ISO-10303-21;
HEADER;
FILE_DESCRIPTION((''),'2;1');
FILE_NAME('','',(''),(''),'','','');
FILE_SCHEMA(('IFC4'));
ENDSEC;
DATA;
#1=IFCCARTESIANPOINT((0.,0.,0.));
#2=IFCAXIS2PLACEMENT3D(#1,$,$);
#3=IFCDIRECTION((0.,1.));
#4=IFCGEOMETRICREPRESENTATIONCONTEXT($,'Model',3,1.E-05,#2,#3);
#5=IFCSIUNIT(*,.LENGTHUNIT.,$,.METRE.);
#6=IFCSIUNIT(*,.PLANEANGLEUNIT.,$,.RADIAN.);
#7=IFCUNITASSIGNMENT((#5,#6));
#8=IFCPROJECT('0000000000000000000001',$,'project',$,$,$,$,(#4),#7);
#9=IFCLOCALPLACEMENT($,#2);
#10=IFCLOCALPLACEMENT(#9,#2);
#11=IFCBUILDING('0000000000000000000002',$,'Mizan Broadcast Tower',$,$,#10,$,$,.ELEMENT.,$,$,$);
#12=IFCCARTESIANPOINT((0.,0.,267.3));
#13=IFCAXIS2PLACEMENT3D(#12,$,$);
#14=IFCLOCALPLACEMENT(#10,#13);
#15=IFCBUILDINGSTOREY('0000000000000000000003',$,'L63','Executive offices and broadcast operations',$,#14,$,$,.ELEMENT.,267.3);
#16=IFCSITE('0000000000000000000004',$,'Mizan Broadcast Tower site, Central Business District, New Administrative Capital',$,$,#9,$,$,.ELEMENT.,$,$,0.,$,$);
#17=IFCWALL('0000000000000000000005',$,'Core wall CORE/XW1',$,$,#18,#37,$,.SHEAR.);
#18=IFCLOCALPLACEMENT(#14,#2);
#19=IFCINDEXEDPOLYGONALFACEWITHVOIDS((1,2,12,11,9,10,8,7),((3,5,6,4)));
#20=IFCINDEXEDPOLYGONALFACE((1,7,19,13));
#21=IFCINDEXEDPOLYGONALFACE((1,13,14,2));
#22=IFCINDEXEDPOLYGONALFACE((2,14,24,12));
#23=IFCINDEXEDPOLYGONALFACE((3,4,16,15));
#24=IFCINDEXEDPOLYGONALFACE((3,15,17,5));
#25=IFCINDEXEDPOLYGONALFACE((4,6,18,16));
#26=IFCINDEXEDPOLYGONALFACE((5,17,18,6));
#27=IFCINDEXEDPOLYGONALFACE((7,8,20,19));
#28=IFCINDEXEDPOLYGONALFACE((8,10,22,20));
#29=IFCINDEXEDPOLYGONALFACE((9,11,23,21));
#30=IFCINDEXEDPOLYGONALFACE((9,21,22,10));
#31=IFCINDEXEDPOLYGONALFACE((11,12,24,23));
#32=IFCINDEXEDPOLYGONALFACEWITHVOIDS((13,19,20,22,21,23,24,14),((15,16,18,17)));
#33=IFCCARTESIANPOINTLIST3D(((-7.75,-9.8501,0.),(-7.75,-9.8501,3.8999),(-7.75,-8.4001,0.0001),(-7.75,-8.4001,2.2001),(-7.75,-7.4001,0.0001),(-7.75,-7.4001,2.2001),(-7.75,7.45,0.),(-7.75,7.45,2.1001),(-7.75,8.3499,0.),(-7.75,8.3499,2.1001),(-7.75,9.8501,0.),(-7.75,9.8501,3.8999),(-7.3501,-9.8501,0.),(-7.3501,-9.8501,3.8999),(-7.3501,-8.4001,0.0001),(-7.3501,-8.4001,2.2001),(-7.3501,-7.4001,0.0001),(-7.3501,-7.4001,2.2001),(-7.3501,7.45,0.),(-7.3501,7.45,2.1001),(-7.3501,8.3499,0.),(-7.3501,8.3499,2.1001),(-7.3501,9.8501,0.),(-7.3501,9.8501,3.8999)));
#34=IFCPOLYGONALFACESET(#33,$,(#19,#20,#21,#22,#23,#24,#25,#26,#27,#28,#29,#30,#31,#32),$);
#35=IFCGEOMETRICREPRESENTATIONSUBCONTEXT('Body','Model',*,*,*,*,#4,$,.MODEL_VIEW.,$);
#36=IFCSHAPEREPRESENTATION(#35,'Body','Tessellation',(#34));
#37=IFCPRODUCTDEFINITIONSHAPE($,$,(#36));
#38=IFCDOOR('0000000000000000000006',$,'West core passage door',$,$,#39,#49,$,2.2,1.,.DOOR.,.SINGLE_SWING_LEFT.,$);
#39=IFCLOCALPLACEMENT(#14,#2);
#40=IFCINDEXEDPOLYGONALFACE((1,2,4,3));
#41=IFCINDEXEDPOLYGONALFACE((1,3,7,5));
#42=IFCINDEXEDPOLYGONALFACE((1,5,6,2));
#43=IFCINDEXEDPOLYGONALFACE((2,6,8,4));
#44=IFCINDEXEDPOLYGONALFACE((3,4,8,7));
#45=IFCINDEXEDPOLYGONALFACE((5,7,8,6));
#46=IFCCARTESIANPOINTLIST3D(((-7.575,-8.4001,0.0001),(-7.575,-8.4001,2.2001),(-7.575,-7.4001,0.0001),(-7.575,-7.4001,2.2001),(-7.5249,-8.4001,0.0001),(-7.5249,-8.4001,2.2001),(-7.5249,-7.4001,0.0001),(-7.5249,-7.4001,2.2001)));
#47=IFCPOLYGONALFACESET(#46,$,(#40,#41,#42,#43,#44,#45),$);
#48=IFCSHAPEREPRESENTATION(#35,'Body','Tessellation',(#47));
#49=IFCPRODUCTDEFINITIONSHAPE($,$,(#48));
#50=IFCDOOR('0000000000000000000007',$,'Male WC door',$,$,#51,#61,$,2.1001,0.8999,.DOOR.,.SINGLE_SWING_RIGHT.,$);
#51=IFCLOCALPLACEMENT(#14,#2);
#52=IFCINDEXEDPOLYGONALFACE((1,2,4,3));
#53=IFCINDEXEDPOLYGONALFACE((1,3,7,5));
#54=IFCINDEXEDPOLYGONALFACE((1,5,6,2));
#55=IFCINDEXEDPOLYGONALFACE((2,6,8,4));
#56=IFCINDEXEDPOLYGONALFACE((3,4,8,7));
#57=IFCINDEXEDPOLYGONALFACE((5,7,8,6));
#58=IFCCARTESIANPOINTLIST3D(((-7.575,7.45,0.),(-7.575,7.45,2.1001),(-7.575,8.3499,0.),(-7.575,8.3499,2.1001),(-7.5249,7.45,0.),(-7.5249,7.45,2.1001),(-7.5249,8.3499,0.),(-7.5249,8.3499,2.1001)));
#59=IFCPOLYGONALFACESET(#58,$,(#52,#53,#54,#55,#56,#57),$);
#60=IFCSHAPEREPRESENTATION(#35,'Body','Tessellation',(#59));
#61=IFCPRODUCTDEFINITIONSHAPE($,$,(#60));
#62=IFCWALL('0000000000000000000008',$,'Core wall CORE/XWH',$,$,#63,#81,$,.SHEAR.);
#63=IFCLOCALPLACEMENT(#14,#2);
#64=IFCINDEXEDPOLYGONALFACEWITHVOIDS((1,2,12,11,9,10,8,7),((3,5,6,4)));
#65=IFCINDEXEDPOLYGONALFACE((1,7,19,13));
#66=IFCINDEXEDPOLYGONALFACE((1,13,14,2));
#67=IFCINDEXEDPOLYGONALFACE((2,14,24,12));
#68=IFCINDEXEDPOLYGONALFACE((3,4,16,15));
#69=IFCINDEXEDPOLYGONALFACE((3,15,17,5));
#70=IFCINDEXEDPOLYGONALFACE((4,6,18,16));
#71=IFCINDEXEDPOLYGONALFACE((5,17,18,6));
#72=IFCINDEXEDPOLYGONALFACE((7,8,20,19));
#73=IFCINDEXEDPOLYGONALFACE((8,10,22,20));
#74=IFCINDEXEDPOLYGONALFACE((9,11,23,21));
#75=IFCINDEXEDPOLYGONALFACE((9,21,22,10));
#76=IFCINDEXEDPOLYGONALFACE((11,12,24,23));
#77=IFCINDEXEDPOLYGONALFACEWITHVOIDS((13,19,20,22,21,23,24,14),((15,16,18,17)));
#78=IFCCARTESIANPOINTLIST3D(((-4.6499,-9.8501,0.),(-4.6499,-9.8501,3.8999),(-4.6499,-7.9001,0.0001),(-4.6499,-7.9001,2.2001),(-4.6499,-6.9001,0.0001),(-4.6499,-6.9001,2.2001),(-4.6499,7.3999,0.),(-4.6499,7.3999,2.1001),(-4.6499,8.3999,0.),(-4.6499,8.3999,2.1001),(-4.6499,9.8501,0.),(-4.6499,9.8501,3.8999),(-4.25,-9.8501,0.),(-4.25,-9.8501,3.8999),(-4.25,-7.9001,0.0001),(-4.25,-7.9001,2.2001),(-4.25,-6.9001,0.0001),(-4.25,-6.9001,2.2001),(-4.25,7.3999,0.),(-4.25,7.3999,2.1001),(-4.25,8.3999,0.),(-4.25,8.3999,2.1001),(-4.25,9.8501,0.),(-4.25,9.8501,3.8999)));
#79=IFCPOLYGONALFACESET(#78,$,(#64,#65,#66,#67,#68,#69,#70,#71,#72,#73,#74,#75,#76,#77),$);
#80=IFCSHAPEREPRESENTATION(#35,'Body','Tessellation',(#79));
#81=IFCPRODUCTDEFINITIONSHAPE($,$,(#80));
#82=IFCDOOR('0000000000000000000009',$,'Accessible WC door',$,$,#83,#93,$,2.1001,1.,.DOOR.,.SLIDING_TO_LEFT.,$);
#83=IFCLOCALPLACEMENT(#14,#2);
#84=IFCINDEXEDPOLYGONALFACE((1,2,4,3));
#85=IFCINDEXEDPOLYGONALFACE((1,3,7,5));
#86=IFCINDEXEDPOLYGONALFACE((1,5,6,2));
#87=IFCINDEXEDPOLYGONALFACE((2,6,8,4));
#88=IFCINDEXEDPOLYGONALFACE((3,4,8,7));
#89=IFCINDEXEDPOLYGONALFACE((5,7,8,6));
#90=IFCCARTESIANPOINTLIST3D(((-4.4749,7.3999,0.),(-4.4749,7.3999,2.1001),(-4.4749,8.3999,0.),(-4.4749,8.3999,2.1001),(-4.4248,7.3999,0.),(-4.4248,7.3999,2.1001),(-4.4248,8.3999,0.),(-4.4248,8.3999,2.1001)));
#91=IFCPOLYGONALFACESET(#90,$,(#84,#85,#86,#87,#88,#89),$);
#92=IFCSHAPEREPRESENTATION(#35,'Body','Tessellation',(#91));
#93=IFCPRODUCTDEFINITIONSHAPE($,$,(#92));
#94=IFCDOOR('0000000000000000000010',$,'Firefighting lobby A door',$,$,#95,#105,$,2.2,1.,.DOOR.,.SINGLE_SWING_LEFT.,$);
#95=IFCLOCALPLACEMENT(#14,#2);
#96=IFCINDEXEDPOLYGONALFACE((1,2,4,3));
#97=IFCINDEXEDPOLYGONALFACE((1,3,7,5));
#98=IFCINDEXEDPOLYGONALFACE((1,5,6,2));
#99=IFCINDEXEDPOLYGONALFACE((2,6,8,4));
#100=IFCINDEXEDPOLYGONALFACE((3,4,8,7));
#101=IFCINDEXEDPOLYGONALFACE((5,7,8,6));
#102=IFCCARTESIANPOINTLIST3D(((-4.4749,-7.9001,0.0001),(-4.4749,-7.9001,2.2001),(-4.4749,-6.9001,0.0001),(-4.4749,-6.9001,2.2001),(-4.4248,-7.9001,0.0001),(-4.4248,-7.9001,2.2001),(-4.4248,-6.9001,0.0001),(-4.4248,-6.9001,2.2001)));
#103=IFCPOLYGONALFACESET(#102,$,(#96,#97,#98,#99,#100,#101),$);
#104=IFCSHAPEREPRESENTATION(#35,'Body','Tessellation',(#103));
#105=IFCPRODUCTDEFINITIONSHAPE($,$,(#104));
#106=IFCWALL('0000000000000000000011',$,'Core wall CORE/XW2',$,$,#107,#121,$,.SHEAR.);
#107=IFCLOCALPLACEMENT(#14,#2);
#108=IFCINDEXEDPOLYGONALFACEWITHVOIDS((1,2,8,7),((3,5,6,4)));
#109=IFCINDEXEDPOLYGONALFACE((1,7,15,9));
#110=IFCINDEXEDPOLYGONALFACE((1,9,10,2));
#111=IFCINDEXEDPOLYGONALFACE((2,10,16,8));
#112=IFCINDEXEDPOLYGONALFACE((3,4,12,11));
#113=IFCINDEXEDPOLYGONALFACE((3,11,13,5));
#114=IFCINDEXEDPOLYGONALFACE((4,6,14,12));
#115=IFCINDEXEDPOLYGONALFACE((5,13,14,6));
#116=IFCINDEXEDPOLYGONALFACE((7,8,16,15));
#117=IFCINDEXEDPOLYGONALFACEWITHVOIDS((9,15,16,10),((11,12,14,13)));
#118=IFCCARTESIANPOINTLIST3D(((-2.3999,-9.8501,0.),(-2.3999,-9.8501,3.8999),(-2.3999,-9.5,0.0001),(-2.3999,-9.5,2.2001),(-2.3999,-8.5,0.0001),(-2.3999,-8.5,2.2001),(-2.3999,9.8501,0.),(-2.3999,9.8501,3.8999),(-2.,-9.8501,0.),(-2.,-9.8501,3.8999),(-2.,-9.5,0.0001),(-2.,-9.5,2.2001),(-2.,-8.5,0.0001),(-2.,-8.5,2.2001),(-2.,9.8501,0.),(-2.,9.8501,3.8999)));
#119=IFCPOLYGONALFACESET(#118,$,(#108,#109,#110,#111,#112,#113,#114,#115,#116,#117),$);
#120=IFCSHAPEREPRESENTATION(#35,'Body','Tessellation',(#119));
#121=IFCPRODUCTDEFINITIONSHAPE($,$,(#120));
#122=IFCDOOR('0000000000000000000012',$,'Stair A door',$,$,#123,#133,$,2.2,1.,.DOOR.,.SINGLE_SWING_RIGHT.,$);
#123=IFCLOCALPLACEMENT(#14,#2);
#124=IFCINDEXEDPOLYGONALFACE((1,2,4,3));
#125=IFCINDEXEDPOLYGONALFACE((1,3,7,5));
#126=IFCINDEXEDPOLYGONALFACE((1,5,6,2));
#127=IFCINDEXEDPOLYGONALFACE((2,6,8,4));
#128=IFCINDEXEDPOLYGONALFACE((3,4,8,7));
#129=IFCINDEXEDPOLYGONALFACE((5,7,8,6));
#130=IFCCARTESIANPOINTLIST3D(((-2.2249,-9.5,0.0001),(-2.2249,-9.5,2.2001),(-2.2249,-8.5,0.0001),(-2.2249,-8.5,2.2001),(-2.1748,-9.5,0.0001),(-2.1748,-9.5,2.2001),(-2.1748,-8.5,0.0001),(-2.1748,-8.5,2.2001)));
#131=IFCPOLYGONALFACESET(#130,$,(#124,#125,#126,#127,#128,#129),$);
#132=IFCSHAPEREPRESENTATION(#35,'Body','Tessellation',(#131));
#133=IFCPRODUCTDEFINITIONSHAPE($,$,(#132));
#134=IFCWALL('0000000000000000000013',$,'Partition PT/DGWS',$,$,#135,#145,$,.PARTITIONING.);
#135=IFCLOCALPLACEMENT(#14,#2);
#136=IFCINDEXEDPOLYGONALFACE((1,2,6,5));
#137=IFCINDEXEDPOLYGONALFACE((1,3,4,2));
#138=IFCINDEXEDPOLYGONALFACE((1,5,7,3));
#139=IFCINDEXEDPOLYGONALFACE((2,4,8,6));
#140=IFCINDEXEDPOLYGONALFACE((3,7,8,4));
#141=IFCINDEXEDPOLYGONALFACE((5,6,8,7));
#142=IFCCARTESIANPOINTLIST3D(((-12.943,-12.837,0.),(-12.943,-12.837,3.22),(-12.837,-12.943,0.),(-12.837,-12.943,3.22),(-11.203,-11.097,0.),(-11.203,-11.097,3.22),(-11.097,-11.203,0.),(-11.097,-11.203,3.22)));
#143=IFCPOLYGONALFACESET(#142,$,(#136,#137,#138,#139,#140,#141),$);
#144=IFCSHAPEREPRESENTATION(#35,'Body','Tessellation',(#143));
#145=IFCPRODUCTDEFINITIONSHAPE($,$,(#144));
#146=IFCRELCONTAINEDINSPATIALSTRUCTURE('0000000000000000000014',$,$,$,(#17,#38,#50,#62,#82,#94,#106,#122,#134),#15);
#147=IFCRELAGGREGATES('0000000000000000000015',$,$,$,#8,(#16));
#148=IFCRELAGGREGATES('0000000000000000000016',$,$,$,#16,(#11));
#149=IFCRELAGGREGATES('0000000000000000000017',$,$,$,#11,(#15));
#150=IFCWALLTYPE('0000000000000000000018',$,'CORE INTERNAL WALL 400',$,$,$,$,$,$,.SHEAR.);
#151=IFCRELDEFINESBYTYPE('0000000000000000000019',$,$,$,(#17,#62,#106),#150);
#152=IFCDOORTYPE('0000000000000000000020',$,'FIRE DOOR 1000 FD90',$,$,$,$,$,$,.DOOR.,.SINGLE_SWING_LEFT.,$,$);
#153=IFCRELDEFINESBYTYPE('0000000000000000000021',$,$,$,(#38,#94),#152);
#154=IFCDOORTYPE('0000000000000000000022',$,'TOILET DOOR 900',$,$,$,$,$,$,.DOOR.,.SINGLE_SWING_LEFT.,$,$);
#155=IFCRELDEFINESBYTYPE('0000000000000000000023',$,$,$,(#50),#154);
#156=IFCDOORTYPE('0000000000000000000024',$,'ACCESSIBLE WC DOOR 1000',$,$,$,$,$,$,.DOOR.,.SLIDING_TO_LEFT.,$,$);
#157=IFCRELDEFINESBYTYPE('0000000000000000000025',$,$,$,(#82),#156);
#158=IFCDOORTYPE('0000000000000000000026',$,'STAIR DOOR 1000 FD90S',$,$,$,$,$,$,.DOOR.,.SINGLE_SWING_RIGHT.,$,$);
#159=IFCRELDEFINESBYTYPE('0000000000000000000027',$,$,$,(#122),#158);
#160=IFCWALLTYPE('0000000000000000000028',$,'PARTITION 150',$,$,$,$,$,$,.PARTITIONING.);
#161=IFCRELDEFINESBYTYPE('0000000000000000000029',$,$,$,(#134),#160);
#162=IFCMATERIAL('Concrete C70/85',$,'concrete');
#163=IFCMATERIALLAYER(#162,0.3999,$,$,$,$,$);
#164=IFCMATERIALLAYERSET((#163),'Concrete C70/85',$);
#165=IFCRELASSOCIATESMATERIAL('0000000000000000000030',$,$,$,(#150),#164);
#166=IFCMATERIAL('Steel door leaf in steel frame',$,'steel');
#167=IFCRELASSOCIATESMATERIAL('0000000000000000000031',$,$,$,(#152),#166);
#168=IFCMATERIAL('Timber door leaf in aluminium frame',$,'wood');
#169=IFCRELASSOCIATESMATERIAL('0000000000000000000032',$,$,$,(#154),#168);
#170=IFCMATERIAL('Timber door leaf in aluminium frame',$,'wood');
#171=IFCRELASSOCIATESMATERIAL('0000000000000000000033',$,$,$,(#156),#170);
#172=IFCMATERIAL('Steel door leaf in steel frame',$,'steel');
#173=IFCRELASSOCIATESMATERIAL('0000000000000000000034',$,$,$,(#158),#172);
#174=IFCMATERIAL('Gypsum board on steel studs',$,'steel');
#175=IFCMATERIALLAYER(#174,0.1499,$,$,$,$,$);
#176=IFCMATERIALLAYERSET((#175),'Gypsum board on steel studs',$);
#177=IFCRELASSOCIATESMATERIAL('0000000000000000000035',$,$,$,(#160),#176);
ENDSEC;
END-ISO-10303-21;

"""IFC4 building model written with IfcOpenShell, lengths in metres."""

from ifc_helpers import new_model, si_unit, direction, frame, frame_2d, origin, place, context, subcontext, project, spatial, rectangle, extrude, material, layer, layer_set, type_object, element, fill, save


model = new_model("IFC4")

# Units and contexts
model_context = context("Model", 3, precision=1e-05, world=origin(), true_north=direction((0.0, 1.0)))
body_context = subcontext(model_context, "Body", "Model", "MODEL_VIEW")
ifc_project = project(units=[si_unit("LENGTHUNIT", "METRE"), si_unit("PLANEANGLEUNIT", "RADIAN")], contexts=[model_context])

# Site, building, storey
site_placement = place(None, origin())
site = spatial("IfcSite", under=ifc_project, at=site_placement, Name="Mizan Broadcast Tower site, Central Business District, New Administrative Capital", CompositionType="ELEMENT", RefElevation=0.0)
building_placement = place(site_placement, origin())
building = spatial("IfcBuilding", under=site, at=building_placement, Name="Mizan Broadcast Tower", CompositionType="ELEMENT")
storey_placement = place(building_placement, frame((0.0, 0.0, 267.3)))
storey = spatial("IfcBuildingStorey", under=building, at=storey_placement, Name="L63", Description="Executive offices and broadcast operations", CompositionType="ELEMENT", Elevation=267.3)

# Walls, openings, doors
ifc_material_1 = material(Name="Concrete C70/85", Category="concrete")
ifc_layer_1 = layer(ifc_material_1, 0.3999)
ifc_layer_set_1 = layer_set([ifc_layer_1], Name="Concrete C70/85")
wall_type_1 = type_object("IfcWallType", Name="CORE INTERNAL WALL 400", PredefinedType="SHEAR", material=ifc_layer_set_1)
wall_1_placement = place(storey_placement, frame((-7.55, -9.8501, 0.0), z_axis=(0.0, 0.0, 1.0), x_axis=(0.0, 1.0, 0.0)))
wall_1 = element("IfcWall", 1, at=wall_1_placement, inside=storey, type_object=wall_type_1, Name="Core wall CORE/XW1", PredefinedType="SHEAR", context=body_context, shape_type="SweptSolid", body=[
    extrude(rectangle(XDim=19.7002, YDim=0.3999, at=frame_2d((9.8501, 0.0))), origin(), (0.0, 0.0, 1.0), 3.8999),
])
opening_1_placement = place(wall_1_placement, frame((1.45, 0.0, 0.0)))
opening_1 = element("IfcOpeningElement", 2, at=opening_1_placement, cuts=wall_1, PredefinedType="OPENING", context=body_context, shape_type="SweptSolid", body=[
    extrude(rectangle(XDim=1.0, YDim=2.2, at=frame_2d((0.5, 1.1001))), frame((0.0, 0.21, 0.0), z_axis=(0.0, -1.0, 0.0), x_axis=(1.0, 0.0, 0.0)), (0.0, 0.0, 1.0), 0.4199),
])
opening_2_placement = place(wall_1_placement, frame((17.3, 0.0, 0.0)))
opening_2 = element("IfcOpeningElement", 3, at=opening_2_placement, cuts=wall_1, PredefinedType="OPENING", context=body_context, shape_type="SweptSolid", body=[
    extrude(rectangle(XDim=0.8999, YDim=2.1001, at=frame_2d((0.45, 1.05))), frame((0.0, 0.21, 0.0), z_axis=(0.0, -1.0, 0.0), x_axis=(1.0, 0.0, 0.0)), (0.0, 0.0, 1.0), 0.4199),
])
ifc_material_2 = material(Name="Steel door leaf in steel frame", Category="steel")
door_type_1 = type_object("IfcDoorType", Name="FIRE DOOR 1000 FD90", OperationType="SINGLE_SWING_LEFT", PredefinedType="DOOR", material=ifc_material_2)
door_1_placement = place(opening_1_placement, origin())
door_1 = element("IfcDoor", 4, at=door_1_placement, inside=storey, type_object=door_type_1, Name="West core passage door", OperationType="SINGLE_SWING_LEFT", OverallHeight=2.2, OverallWidth=1.0, PredefinedType="DOOR", context=body_context, shape_type="SweptSolid", body=[
    extrude(rectangle(XDim=1.0, YDim=2.2, at=frame_2d((0.5, 1.1001))), frame((0.0, 0.0249, 0.0), z_axis=(0.0, -1.0, 0.0), x_axis=(1.0, 0.0, 0.0)), (0.0, 0.0, 1.0), 0.05),
])
fill(opening_1, door_1)
ifc_material_3 = material(Name="Timber door leaf in aluminium frame", Category="wood")
door_type_2 = type_object("IfcDoorType", Name="TOILET DOOR 900", OperationType="SINGLE_SWING_LEFT", PredefinedType="DOOR", material=ifc_material_3)
door_2_placement = place(opening_2_placement, origin())
door_2 = element("IfcDoor", 5, at=door_2_placement, inside=storey, type_object=door_type_2, Name="Male WC door", OperationType="SINGLE_SWING_RIGHT", OverallHeight=2.1001, OverallWidth=0.8999, PredefinedType="DOOR", context=body_context, shape_type="SweptSolid", body=[
    extrude(rectangle(XDim=0.8999, YDim=2.1001, at=frame_2d((0.45, 1.05))), frame((0.0, 0.0249, 0.0), z_axis=(0.0, -1.0, 0.0), x_axis=(1.0, 0.0, 0.0)), (0.0, 0.0, 1.0), 0.05),
])
fill(opening_2, door_2)
wall_2_placement = place(storey_placement, frame((-4.45, -9.8501, 0.0), z_axis=(0.0, 0.0, 1.0), x_axis=(0.0, 1.0, 0.0)))
wall_2 = element("IfcWall", 6, at=wall_2_placement, inside=storey, type_object=wall_type_1, Name="Core wall CORE/XWH", PredefinedType="SHEAR", context=body_context, shape_type="SweptSolid", body=[
    extrude(rectangle(XDim=19.7002, YDim=0.3999, at=frame_2d((9.8501, 0.0))), origin(), (0.0, 0.0, 1.0), 3.8999),
])
opening_3_placement = place(wall_2_placement, frame((1.95, 0.0, 0.0)))
opening_3 = element("IfcOpeningElement", 7, at=opening_3_placement, cuts=wall_2, PredefinedType="OPENING", context=body_context, shape_type="SweptSolid", body=[
    extrude(rectangle(XDim=1.0, YDim=2.2, at=frame_2d((0.5, 1.1001))), frame((0.0, 0.21, 0.0), z_axis=(0.0, -1.0, 0.0), x_axis=(1.0, 0.0, 0.0)), (0.0, 0.0, 1.0), 0.4199),
])
opening_4_placement = place(wall_2_placement, frame((17.25, 0.0, 0.0)))
opening_4 = element("IfcOpeningElement", 8, at=opening_4_placement, cuts=wall_2, PredefinedType="OPENING", context=body_context, shape_type="SweptSolid", body=[
    extrude(rectangle(XDim=1.0, YDim=2.1001, at=frame_2d((0.5, 1.05))), frame((0.0, 0.21, 0.0), z_axis=(0.0, -1.0, 0.0), x_axis=(1.0, 0.0, 0.0)), (0.0, 0.0, 1.0), 0.4199),
])
ifc_material_4 = material(Name="Timber door leaf in aluminium frame", Category="wood")
door_type_3 = type_object("IfcDoorType", Name="ACCESSIBLE WC DOOR 1000", OperationType="SLIDING_TO_LEFT", PredefinedType="DOOR", material=ifc_material_4)
door_3_placement = place(opening_4_placement, origin())
door_3 = element("IfcDoor", 9, at=door_3_placement, inside=storey, type_object=door_type_3, Name="Accessible WC door", OperationType="SLIDING_TO_LEFT", OverallHeight=2.1001, OverallWidth=1.0, PredefinedType="DOOR", context=body_context, shape_type="SweptSolid", body=[
    extrude(rectangle(XDim=1.0, YDim=2.1001, at=frame_2d((0.5, 1.05))), frame((0.0, 0.0249, 0.0), z_axis=(0.0, -1.0, 0.0), x_axis=(1.0, 0.0, 0.0)), (0.0, 0.0, 1.0), 0.05),
])
fill(opening_4, door_3)
door_4_placement = place(opening_3_placement, origin())
door_4 = element("IfcDoor", 10, at=door_4_placement, inside=storey, type_object=door_type_1, Name="Firefighting lobby A door", OperationType="SINGLE_SWING_LEFT", OverallHeight=2.2, OverallWidth=1.0, PredefinedType="DOOR", context=body_context, shape_type="SweptSolid", body=[
    extrude(rectangle(XDim=1.0, YDim=2.2, at=frame_2d((0.5, 1.1001))), frame((0.0, 0.0249, 0.0), z_axis=(0.0, -1.0, 0.0), x_axis=(1.0, 0.0, 0.0)), (0.0, 0.0, 1.0), 0.05),
])
fill(opening_3, door_4)

# Wall, opening, door
wall_3_placement = place(storey_placement, frame((-2.2, -9.8501, 0.0), z_axis=(0.0, 0.0, 1.0), x_axis=(0.0, 1.0, 0.0)))
wall_3 = element("IfcWall", 11, at=wall_3_placement, inside=storey, type_object=wall_type_1, Name="Core wall CORE/XW2", PredefinedType="SHEAR", context=body_context, shape_type="SweptSolid", body=[
    extrude(rectangle(XDim=19.7002, YDim=0.3999, at=frame_2d((9.8501, 0.0))), origin(), (0.0, 0.0, 1.0), 3.8999),
])
opening_5_placement = place(wall_3_placement, frame((0.3501, 0.0, 0.0)))
opening_5 = element("IfcOpeningElement", 12, at=opening_5_placement, cuts=wall_3, PredefinedType="OPENING", context=body_context, shape_type="SweptSolid", body=[
    extrude(rectangle(XDim=1.0, YDim=2.2, at=frame_2d((0.5, 1.1001))), frame((0.0, 0.21, 0.0), z_axis=(0.0, -1.0, 0.0), x_axis=(1.0, 0.0, 0.0)), (0.0, 0.0, 1.0), 0.4199),
])
ifc_material_5 = material(Name="Steel door leaf in steel frame", Category="steel")
door_type_4 = type_object("IfcDoorType", Name="STAIR DOOR 1000 FD90S", OperationType="SINGLE_SWING_RIGHT", PredefinedType="DOOR", material=ifc_material_5)
door_5_placement = place(opening_5_placement, origin())
door_5 = element("IfcDoor", 13, at=door_5_placement, inside=storey, type_object=door_type_4, Name="Stair A door", OperationType="SINGLE_SWING_RIGHT", OverallHeight=2.2, OverallWidth=1.0, PredefinedType="DOOR", context=body_context, shape_type="SweptSolid", body=[
    extrude(rectangle(XDim=1.0, YDim=2.2, at=frame_2d((0.5, 1.1001))), frame((0.0, 0.0249, 0.0), z_axis=(0.0, -1.0, 0.0), x_axis=(1.0, 0.0, 0.0)), (0.0, 0.0, 1.0), 0.05),
])
fill(opening_5, door_5)

# Wall
ifc_material_6 = material(Name="Gypsum board on steel studs", Category="steel")
ifc_layer_2 = layer(ifc_material_6, 0.1499)
ifc_layer_set_2 = layer_set([ifc_layer_2], Name="Gypsum board on steel studs")
wall_type_2 = type_object("IfcWallType", Name="PARTITION 150", PredefinedType="PARTITIONING", material=ifc_layer_set_2)
wall_4_placement = place(storey_placement, frame((-11.1499, -11.1499, 0.0), z_axis=(0.0, 0.0, 1.0), x_axis=(-0.707107, -0.707107, 0.0)))
element("IfcWall", 14, at=wall_4_placement, inside=storey, type_object=wall_type_2, Name="Partition PT/DGWS", PredefinedType="PARTITIONING", context=body_context, shape_type="SweptSolid", body=[
    extrude(rectangle(XDim=2.4607, YDim=0.1499, at=frame_2d((1.2305, 0.0))), origin(), (0.0, 0.0, 1.0), 3.22),
])

save(model, "model.ifc")
